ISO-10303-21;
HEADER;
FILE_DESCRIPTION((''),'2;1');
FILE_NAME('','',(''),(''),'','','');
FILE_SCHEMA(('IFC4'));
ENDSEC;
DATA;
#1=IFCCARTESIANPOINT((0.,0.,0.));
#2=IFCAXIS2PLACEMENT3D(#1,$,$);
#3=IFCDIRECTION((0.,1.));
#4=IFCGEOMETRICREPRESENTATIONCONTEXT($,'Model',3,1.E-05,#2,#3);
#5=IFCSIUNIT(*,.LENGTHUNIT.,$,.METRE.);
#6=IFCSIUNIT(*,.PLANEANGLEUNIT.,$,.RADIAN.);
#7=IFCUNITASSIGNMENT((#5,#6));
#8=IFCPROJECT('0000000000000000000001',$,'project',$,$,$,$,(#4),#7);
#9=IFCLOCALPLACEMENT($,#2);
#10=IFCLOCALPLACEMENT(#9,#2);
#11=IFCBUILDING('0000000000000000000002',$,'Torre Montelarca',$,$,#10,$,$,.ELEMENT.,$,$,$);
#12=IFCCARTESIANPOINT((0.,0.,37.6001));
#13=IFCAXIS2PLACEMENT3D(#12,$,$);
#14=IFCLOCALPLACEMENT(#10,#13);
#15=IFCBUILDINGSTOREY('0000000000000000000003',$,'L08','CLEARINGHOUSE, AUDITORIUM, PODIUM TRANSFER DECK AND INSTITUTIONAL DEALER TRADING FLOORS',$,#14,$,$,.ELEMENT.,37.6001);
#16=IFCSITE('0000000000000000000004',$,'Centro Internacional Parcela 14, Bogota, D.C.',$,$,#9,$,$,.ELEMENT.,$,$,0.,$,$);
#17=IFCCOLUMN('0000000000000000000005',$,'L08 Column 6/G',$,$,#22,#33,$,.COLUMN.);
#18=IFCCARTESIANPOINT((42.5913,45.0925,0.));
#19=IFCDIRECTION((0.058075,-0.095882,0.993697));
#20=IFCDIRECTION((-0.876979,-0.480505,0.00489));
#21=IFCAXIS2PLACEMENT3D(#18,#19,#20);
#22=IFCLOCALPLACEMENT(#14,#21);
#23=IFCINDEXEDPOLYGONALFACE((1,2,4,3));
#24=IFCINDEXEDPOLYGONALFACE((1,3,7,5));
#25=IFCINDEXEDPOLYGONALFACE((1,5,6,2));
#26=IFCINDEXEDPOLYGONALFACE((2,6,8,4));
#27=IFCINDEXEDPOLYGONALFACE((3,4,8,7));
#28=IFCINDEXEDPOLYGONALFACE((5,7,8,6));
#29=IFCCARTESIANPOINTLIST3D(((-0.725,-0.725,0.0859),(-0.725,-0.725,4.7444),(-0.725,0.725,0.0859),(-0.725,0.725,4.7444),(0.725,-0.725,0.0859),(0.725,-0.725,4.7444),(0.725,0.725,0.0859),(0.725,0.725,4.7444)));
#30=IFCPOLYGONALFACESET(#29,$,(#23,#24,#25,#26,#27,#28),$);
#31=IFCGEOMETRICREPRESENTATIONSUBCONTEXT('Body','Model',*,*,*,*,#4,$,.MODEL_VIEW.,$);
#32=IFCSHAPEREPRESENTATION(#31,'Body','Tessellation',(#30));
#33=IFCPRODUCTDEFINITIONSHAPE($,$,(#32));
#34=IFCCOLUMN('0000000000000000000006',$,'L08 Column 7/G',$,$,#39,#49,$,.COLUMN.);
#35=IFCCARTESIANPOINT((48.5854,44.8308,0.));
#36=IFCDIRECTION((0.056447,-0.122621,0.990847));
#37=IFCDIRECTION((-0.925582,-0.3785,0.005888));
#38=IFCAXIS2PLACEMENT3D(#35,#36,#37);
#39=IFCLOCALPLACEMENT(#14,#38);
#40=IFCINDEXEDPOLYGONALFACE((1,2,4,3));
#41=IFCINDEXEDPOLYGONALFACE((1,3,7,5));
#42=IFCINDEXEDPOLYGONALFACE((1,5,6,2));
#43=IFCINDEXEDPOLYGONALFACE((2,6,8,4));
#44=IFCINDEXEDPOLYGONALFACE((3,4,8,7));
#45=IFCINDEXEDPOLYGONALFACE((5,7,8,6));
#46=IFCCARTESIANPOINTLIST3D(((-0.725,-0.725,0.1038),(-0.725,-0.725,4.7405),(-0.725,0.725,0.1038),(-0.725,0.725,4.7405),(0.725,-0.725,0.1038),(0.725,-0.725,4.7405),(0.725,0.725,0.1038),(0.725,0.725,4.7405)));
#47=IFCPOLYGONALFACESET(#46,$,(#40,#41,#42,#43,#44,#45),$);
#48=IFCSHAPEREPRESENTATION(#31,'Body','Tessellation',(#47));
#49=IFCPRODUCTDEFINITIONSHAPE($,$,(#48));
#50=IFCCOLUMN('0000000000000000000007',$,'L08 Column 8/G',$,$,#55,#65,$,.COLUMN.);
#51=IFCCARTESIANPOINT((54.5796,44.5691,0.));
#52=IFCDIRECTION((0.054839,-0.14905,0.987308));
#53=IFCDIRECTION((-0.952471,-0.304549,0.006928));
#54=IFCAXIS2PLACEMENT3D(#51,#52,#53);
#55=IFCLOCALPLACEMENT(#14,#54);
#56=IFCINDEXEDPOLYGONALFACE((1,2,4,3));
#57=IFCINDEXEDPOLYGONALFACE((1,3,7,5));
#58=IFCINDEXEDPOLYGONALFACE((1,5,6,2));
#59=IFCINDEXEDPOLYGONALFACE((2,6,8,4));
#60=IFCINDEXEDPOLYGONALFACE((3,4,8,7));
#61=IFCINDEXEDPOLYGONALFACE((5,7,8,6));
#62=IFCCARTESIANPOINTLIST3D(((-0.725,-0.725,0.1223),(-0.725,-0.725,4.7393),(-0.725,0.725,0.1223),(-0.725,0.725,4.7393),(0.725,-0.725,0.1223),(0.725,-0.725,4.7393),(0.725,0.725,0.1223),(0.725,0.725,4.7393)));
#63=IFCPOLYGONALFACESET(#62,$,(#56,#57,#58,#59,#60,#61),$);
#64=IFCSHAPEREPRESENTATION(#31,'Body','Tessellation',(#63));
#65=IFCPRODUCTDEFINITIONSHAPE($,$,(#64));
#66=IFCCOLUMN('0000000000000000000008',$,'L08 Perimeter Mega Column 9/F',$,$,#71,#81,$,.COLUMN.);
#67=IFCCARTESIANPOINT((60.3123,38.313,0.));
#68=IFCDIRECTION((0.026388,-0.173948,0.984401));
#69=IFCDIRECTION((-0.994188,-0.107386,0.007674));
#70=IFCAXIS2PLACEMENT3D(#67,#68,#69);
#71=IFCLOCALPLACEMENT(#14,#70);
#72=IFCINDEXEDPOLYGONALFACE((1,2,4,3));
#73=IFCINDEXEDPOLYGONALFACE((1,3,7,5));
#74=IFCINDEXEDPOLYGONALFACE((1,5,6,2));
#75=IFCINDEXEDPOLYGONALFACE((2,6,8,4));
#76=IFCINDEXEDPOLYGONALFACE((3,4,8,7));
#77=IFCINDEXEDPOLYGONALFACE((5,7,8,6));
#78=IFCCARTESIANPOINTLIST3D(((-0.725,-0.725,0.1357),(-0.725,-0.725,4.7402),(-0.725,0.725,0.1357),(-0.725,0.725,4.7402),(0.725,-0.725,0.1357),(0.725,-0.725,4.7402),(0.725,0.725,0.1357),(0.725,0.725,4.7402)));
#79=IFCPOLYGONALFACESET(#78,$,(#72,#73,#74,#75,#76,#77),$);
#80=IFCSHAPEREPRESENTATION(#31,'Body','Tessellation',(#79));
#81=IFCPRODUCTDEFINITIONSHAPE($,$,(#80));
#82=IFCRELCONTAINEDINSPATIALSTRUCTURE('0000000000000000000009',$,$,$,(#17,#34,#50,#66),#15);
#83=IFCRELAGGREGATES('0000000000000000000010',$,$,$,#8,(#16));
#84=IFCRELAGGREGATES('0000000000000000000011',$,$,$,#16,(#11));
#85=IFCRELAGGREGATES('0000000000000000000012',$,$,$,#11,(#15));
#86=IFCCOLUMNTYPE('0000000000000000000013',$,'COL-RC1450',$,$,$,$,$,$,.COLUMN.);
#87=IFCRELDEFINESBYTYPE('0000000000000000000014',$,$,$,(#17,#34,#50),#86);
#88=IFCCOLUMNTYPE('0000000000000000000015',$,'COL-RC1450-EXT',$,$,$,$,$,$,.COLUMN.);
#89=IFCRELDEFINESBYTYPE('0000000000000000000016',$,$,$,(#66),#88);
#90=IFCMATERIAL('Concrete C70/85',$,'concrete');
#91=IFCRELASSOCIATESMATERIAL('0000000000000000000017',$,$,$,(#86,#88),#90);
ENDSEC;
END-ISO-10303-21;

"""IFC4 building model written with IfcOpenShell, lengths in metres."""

from ifc_helpers import new_model, si_unit, direction, frame, origin, origin_2d, place, context, subcontext, project, spatial, rectangle, extrude, clip, halfspace, material, material_profile, profile_set, type_object, element, save


model = new_model("IFC4")

# Units and contexts
model_context = context("Model", 3, precision=1e-05, world=origin(), true_north=direction((0.0, 1.0)))
body_context = subcontext(model_context, "Body", "Model", "MODEL_VIEW")
ifc_project = project(units=[si_unit("LENGTHUNIT", "METRE"), si_unit("PLANEANGLEUNIT", "RADIAN")], contexts=[model_context])

# Site, building, storey
site_placement = place(None, origin())
site = spatial("IfcSite", under=ifc_project, at=site_placement, Name="Centro Internacional Parcela 14, Bogota, D.C.", CompositionType="ELEMENT", RefElevation=0.0)
building_placement = place(site_placement, origin())
building = spatial("IfcBuilding", under=site, at=building_placement, Name="Torre Montelarca", CompositionType="ELEMENT")
storey_placement = place(building_placement, frame((0.0, 0.0, 37.6001)))
storey = spatial("IfcBuildingStorey", under=building, at=storey_placement, Name="L08", Description="CLEARINGHOUSE, AUDITORIUM, PODIUM TRANSFER DECK AND INSTITUTIONAL DEALER TRADING FLOORS", CompositionType="ELEMENT", Elevation=37.6001)

# Columns
ifc_material_1 = material(Name="Concrete C70/85", Category="concrete")
ifc_material_profile_1 = material_profile(ifc_material_1, rectangle(XDim=1.45, YDim=1.45, at=origin_2d()), Name="RC1450X1450", Category="concrete")
ifc_profile_set_1 = profile_set([ifc_material_profile_1], Name="Concrete C70/85")
column_type_1 = type_object("IfcColumnType", Name="COL-RC1450", PredefinedType="COLUMN", material=ifc_profile_set_1)
column_1_placement = place(storey_placement, frame((42.5913, 45.0925, 0.0), z_axis=(0.058075, -0.095882, 0.993697), x_axis=(-0.876979, -0.480505, 0.00489)))
element("IfcColumn", 1, at=column_1_placement, inside=storey, type_object=column_type_1, Name="L08 Column 6/G", PredefinedType="COLUMN", context=body_context, shape_type="Clipping", body=[
    clip(clip(extrude(rectangle(XDim=1.45, YDim=1.45, at=origin_2d()), origin(), (0.0, 0.0, 1.0), 4.8303), halfspace(frame((0.0, 0.0, 0.0859), z_axis=(0.0, 0.0, -1.0), x_axis=(1.0, 0.0, 0.0)), False)), halfspace(frame((0.0, 0.0, 4.7444), z_axis=(0.0, 0.0, 1.0), x_axis=(1.0, 0.0, 0.0)), False)),
])
column_2_placement = place(storey_placement, frame((48.5854, 44.8308, 0.0), z_axis=(0.056447, -0.122621, 0.990847), x_axis=(-0.925582, -0.3785, 0.005888)))
element("IfcColumn", 2, at=column_2_placement, inside=storey, type_object=column_type_1, Name="L08 Column 7/G", PredefinedType="COLUMN", context=body_context, shape_type="Clipping", body=[
    clip(clip(extrude(rectangle(XDim=1.45, YDim=1.45, at=origin_2d()), origin(), (0.0, 0.0, 1.0), 4.8442), halfspace(frame((0.0, 0.0, 0.1038), z_axis=(0.0, 0.0, -1.0), x_axis=(1.0, 0.0, 0.0)), False)), halfspace(frame((0.0, 0.0, 4.7405), z_axis=(0.0, 0.0, 1.0), x_axis=(1.0, 0.0, 0.0)), False)),
])
column_3_placement = place(storey_placement, frame((54.5796, 44.5691, 0.0), z_axis=(0.054839, -0.14905, 0.987308), x_axis=(-0.952471, -0.304549, 0.006928)))
element("IfcColumn", 3, at=column_3_placement, inside=storey, type_object=column_type_1, Name="L08 Column 8/G", PredefinedType="COLUMN", context=body_context, shape_type="Clipping", body=[
    clip(clip(extrude(rectangle(XDim=1.45, YDim=1.45, at=origin_2d()), origin(), (0.0, 0.0, 1.0), 4.8616), halfspace(frame((0.0, 0.0, 0.1223), z_axis=(0.0, 0.0, -1.0), x_axis=(1.0, 0.0, 0.0)), False)), halfspace(frame((0.0, 0.0, 4.7393), z_axis=(0.0, 0.0, 1.0), x_axis=(1.0, 0.0, 0.0)), False)),
])
ifc_material_profile_2 = material_profile(ifc_material_1, rectangle(XDim=1.45, YDim=1.45, at=origin_2d()), Name="RC1450X1450", Category="concrete")
ifc_profile_set_2 = profile_set([ifc_material_profile_2], Name="Concrete C70/85")
column_type_2 = type_object("IfcColumnType", Name="COL-RC1450-EXT", PredefinedType="COLUMN", material=ifc_profile_set_2)
column_4_placement = place(storey_placement, frame((60.3123, 38.313, 0.0), z_axis=(0.026388, -0.173948, 0.984401), x_axis=(-0.994188, -0.107386, 0.007674)))
element("IfcColumn", 4, at=column_4_placement, inside=storey, type_object=column_type_2, Name="L08 Perimeter Mega Column 9/F", PredefinedType="COLUMN", context=body_context, shape_type="Clipping", body=[
    clip(clip(extrude(rectangle(XDim=1.45, YDim=1.45, at=origin_2d()), origin(), (0.0, 0.0, 1.0), 4.876), halfspace(frame((0.0, 0.0, 0.1357), z_axis=(0.0, 0.0, -1.0), x_axis=(1.0, 0.0, 0.0)), False)), halfspace(frame((0.0, 0.0, 4.7402), z_axis=(0.0, 0.0, 1.0), x_axis=(1.0, 0.0, 0.0)), False)),
])

save(model, "model.ifc")
